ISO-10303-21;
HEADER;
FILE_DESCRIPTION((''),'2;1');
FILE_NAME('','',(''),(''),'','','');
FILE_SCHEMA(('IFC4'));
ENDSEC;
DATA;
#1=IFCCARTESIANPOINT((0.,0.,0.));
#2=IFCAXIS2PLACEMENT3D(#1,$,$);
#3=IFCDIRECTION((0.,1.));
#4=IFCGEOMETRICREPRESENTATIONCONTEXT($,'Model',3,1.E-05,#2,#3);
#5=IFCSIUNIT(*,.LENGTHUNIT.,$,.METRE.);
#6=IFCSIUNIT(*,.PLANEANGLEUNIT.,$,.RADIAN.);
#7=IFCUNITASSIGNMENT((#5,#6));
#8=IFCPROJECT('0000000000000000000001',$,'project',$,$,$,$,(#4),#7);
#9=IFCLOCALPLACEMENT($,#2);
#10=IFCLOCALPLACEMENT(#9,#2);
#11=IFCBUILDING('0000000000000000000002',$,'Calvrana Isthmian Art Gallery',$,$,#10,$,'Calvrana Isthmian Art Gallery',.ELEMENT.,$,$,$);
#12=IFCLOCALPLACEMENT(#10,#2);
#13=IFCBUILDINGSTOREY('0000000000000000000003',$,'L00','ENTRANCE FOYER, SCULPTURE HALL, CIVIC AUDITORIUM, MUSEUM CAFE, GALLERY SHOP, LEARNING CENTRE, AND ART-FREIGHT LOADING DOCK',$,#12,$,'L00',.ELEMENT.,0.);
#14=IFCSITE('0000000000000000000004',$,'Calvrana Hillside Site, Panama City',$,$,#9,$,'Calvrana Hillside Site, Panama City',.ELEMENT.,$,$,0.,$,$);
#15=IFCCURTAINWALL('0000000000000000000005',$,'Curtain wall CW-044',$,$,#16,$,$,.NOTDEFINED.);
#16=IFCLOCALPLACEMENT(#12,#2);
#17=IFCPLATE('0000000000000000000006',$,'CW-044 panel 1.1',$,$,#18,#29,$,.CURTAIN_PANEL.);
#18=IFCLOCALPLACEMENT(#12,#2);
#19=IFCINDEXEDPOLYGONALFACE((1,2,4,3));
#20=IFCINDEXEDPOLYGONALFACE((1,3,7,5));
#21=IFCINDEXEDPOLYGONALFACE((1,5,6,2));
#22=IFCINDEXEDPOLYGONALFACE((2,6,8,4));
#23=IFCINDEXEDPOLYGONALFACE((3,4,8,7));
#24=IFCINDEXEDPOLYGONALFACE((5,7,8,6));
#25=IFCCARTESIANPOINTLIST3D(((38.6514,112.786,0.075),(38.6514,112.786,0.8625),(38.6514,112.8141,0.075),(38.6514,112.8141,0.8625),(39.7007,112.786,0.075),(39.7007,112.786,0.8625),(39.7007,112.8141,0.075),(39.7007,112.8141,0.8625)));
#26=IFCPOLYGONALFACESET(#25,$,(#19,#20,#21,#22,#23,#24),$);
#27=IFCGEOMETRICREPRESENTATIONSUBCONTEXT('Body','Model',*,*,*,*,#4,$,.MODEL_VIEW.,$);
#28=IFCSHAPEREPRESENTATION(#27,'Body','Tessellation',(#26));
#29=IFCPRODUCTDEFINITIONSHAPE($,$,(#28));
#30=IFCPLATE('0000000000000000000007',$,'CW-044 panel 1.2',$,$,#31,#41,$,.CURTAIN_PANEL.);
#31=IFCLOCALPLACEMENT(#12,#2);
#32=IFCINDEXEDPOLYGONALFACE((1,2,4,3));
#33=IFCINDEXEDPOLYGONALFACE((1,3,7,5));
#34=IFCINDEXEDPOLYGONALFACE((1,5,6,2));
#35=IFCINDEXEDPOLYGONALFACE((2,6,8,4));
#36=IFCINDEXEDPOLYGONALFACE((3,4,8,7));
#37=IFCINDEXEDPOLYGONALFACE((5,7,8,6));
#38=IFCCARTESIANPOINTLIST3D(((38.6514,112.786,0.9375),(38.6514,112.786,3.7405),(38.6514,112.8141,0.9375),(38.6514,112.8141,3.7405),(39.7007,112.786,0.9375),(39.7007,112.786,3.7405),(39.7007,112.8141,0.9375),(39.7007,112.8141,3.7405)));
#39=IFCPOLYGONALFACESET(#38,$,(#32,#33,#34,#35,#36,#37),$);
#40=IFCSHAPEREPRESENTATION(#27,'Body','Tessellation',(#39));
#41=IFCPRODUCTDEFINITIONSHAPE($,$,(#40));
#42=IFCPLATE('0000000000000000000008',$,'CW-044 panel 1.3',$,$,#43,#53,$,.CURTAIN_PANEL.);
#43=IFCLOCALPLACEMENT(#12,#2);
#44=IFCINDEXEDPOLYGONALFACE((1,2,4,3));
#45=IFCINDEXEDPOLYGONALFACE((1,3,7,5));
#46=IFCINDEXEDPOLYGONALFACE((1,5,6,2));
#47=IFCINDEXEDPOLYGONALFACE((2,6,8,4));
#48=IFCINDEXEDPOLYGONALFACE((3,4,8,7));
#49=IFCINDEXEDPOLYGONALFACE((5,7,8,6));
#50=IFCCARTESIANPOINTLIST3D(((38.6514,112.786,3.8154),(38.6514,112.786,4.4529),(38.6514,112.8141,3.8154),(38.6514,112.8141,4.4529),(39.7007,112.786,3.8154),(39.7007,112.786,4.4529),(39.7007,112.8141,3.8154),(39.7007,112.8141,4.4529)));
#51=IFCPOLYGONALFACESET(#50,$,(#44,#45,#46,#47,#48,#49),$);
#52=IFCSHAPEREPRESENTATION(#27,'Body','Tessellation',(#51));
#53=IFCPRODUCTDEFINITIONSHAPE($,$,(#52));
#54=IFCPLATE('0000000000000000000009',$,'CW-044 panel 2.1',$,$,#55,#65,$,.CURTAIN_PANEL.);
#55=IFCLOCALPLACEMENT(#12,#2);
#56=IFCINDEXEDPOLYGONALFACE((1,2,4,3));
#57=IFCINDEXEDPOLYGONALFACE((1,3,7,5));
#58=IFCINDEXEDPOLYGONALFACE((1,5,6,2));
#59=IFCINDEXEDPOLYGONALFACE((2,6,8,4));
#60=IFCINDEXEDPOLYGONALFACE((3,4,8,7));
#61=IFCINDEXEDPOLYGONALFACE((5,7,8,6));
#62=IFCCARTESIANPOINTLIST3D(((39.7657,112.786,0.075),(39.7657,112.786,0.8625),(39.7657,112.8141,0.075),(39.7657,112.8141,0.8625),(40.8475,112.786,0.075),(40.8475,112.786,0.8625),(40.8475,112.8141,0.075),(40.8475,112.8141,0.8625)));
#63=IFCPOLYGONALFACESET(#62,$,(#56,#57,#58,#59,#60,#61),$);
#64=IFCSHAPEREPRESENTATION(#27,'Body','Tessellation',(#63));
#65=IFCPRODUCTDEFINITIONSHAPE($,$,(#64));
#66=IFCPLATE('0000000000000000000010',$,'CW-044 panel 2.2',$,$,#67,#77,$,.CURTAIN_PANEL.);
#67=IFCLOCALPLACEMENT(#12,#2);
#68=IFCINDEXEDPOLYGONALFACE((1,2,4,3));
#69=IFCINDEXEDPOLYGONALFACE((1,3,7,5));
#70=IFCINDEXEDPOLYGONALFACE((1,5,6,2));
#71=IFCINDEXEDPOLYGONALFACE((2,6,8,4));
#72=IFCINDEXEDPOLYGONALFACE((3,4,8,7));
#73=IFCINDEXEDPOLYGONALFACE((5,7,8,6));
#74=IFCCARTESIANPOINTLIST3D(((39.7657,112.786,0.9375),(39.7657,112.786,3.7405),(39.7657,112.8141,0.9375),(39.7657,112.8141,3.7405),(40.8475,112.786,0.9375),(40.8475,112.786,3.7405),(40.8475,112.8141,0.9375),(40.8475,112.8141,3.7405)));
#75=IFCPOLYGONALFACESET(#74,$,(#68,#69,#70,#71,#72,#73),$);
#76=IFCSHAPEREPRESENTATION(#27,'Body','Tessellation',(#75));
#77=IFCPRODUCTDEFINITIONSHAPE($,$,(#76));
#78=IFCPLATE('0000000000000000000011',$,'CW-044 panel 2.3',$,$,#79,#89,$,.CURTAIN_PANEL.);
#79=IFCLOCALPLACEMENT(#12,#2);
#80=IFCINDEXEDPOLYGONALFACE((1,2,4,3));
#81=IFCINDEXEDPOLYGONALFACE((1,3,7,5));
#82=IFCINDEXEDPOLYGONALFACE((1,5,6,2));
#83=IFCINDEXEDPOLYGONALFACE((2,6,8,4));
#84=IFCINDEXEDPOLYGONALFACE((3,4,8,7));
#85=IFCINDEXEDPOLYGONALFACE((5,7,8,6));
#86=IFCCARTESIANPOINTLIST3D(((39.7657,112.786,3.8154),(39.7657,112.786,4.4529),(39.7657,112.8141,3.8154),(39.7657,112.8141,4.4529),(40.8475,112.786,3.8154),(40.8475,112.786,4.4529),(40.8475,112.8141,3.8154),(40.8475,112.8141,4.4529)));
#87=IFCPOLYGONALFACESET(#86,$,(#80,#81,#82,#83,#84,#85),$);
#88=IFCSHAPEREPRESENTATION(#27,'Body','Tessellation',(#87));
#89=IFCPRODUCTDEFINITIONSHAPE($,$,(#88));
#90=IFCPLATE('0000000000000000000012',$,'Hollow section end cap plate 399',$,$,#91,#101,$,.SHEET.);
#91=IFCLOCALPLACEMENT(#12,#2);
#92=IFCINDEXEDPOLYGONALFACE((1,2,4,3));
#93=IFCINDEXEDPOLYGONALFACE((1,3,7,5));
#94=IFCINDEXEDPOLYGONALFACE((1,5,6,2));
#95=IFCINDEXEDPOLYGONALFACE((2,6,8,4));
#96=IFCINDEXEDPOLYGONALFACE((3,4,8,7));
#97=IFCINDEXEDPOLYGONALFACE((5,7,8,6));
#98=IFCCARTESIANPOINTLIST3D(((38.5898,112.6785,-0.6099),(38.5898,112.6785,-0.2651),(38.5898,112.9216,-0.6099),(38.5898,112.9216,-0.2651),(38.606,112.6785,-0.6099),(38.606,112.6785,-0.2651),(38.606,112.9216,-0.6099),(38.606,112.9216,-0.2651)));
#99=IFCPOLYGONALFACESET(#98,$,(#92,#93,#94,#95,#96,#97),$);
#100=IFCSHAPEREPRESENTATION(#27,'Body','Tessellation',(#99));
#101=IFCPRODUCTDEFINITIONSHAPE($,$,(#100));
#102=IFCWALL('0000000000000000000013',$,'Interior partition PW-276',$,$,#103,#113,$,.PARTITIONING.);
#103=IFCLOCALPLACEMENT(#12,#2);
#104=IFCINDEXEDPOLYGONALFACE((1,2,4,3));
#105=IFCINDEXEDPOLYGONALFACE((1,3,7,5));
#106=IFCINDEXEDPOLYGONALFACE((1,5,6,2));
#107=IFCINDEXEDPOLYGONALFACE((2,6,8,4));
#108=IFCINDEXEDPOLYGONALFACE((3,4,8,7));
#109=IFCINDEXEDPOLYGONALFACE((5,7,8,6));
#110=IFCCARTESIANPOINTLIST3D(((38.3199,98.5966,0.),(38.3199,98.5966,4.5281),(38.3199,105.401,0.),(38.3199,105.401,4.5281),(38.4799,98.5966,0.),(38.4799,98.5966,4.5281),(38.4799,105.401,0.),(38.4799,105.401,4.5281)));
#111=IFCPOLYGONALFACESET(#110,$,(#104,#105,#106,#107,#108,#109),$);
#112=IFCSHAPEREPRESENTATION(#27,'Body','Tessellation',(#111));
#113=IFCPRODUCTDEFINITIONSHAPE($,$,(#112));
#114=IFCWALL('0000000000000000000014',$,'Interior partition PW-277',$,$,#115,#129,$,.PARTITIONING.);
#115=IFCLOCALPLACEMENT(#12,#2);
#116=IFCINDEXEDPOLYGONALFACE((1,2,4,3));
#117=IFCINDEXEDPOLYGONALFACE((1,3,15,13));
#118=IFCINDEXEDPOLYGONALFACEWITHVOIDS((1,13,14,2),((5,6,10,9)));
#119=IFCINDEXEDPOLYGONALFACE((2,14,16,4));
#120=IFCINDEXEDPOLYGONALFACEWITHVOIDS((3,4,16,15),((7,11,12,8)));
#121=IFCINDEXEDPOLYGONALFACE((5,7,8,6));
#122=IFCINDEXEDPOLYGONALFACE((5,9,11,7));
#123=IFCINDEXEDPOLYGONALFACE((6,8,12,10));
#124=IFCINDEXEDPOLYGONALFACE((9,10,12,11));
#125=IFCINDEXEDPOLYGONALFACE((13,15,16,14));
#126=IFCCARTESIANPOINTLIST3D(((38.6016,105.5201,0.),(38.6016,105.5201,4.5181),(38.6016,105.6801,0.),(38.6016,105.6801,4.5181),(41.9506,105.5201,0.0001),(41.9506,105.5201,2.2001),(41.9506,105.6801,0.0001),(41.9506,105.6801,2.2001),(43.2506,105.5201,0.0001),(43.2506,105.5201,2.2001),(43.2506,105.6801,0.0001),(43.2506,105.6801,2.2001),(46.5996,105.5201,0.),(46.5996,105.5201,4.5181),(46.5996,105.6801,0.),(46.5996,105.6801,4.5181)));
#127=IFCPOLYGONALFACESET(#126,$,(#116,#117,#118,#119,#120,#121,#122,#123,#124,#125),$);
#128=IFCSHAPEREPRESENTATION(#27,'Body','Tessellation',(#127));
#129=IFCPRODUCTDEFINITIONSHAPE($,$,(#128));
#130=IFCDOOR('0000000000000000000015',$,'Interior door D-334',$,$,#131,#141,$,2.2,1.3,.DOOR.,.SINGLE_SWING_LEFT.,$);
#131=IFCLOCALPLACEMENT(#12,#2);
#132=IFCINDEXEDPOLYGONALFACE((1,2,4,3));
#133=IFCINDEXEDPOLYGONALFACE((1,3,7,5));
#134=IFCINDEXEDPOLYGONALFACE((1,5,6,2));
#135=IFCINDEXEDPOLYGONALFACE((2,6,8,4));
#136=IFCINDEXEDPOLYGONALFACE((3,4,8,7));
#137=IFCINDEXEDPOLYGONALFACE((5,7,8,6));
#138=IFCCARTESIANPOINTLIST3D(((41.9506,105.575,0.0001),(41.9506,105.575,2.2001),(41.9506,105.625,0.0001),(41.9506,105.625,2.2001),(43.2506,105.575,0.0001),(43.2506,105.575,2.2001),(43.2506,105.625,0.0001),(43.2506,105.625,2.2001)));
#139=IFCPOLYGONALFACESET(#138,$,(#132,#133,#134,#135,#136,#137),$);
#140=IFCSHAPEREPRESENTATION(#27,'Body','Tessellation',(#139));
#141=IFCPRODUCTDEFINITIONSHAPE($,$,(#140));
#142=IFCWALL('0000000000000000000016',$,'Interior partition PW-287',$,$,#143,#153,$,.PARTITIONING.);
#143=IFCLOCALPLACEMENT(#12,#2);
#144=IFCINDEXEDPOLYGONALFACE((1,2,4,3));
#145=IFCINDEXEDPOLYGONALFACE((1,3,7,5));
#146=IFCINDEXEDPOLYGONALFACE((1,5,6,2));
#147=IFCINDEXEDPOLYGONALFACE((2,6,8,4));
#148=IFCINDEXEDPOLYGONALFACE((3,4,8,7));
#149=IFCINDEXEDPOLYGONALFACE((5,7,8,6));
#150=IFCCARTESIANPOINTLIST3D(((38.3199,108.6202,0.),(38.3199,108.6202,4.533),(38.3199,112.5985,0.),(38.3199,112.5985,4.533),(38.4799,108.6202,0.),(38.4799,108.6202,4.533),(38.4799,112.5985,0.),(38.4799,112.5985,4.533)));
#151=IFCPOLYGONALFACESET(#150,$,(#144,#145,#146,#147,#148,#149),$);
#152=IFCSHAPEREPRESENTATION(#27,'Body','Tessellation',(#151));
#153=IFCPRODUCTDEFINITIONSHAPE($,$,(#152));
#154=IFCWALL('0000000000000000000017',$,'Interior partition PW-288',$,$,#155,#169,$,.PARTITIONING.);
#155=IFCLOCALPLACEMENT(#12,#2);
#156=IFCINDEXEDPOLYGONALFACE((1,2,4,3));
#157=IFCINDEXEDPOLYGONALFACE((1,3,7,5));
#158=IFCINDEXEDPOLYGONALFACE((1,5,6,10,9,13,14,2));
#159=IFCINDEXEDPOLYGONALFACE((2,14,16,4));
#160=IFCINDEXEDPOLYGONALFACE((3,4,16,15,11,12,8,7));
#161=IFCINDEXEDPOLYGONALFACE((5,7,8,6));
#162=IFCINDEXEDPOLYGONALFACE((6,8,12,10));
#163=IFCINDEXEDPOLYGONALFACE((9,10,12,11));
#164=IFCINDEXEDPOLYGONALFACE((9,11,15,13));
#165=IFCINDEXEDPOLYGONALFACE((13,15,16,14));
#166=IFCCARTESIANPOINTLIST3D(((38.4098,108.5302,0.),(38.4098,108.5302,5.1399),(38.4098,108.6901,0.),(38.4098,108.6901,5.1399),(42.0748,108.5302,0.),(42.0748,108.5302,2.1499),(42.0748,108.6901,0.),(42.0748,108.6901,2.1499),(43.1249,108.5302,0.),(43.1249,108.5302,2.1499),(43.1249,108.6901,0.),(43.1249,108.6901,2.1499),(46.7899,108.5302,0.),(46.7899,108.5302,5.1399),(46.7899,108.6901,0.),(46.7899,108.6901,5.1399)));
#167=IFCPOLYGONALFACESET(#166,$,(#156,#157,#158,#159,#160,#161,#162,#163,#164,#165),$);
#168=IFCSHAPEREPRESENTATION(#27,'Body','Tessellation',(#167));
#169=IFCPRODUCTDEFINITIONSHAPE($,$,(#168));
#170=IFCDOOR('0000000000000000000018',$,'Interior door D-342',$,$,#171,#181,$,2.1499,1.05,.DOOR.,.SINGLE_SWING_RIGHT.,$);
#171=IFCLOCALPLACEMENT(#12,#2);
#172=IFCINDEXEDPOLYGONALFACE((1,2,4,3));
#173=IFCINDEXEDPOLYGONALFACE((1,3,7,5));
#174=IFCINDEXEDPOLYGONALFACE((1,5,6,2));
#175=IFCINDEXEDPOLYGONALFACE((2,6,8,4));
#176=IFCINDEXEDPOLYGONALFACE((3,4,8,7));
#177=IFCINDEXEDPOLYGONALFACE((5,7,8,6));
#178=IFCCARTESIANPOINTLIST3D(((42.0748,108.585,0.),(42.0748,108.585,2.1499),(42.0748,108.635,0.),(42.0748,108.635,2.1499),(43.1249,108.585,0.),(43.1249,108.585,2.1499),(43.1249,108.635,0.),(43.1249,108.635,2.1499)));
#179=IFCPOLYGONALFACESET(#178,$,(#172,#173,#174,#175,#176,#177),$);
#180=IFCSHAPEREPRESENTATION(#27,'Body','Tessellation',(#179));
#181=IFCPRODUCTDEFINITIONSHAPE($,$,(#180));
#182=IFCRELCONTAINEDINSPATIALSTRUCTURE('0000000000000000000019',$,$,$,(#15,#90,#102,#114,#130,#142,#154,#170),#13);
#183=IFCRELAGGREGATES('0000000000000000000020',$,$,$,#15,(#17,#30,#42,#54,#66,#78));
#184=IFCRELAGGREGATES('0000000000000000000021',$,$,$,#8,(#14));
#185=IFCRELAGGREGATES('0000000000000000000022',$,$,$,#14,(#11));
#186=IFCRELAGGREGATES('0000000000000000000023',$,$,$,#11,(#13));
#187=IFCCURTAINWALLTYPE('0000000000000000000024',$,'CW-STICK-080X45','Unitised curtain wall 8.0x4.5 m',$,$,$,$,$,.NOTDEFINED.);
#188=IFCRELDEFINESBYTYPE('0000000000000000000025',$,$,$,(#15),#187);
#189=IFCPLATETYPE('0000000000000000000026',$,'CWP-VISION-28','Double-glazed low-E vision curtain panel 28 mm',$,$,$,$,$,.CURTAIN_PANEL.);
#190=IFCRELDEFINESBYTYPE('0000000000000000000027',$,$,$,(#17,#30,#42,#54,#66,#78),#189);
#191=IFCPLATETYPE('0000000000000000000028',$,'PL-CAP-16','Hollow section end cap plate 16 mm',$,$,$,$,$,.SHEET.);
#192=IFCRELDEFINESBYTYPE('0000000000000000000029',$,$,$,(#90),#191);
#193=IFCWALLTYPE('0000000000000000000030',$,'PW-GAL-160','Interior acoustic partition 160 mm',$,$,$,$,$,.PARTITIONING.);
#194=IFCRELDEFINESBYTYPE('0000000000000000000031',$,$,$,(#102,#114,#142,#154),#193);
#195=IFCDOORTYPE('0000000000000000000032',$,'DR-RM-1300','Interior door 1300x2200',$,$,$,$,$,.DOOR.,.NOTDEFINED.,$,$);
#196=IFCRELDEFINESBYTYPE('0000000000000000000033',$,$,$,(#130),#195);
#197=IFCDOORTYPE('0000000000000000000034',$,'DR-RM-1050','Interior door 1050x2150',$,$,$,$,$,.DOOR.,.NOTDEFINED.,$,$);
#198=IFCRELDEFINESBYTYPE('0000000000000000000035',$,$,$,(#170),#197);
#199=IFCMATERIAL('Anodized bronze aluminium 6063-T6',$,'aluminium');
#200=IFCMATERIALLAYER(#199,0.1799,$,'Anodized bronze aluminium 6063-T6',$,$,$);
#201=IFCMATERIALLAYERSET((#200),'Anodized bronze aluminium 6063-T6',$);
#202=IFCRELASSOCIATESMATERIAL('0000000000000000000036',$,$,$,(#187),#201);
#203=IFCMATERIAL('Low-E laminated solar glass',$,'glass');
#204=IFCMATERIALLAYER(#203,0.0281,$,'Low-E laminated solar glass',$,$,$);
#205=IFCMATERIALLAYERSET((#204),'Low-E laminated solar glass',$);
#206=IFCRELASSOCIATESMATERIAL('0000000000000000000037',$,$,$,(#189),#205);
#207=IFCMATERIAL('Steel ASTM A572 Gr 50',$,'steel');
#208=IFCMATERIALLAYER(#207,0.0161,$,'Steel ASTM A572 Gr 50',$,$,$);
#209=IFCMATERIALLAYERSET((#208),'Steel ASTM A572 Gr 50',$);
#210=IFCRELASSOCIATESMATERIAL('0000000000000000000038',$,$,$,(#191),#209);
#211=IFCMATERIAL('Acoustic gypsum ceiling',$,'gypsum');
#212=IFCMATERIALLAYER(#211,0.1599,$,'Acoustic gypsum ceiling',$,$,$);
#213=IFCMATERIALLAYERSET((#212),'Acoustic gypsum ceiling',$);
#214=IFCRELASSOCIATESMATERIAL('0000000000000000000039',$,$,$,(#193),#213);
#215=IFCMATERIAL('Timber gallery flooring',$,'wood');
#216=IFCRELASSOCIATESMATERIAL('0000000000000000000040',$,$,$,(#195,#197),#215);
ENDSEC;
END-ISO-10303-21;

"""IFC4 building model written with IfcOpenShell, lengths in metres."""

from ifc_helpers import new_model, si_unit, direction, frame, frame_2d, origin, origin_2d, place, context, subcontext, project, spatial, rectangle, extrude, material, layer, layer_set, type_object, element, fill, aggregate, save


model = new_model("IFC4")

# Units and contexts
model_context = context("Model", 3, precision=1e-05, world=origin(), true_north=direction((0.0, 1.0)))
body_context = subcontext(model_context, "Body", "Model", "MODEL_VIEW")
ifc_project = project(units=[si_unit("LENGTHUNIT", "METRE"), si_unit("PLANEANGLEUNIT", "RADIAN")], contexts=[model_context])

# Site, building, storey
site_placement = place(None, origin())
site = spatial("IfcSite", under=ifc_project, at=site_placement, Name="Calvrana Hillside Site, Panama City", LongName="Calvrana Hillside Site, Panama City", CompositionType="ELEMENT", RefElevation=0.0)
building_placement = place(site_placement, origin())
building = spatial("IfcBuilding", under=site, at=building_placement, Name="Calvrana Isthmian Art Gallery", LongName="Calvrana Isthmian Art Gallery", CompositionType="ELEMENT")
storey_placement = place(building_placement, origin())
storey = spatial("IfcBuildingStorey", under=building, at=storey_placement, Name="L00", Description="ENTRANCE FOYER, SCULPTURE HALL, CIVIC AUDITORIUM, MUSEUM CAFE, GALLERY SHOP, LEARNING CENTRE, AND ART-FREIGHT LOADING DOCK", LongName="L00", CompositionType="ELEMENT", Elevation=0.0)

# Shared definitions
ifc_material_1 = material(Name="Anodized bronze aluminium 6063-T6", Category="aluminium")

# Curtain wall
ifc_layer_1 = layer(ifc_material_1, 0.1799, Name="Anodized bronze aluminium 6063-T6")
ifc_layer_set_1 = layer_set([ifc_layer_1], Name="Anodized bronze aluminium 6063-T6")
curtain_wall_type_1 = type_object("IfcCurtainWallType", Name="CW-STICK-080X45", Description="Unitised curtain wall 8.0x4.5 m", PredefinedType="NOTDEFINED", material=ifc_layer_set_1)
curtain_wall_1_placement = place(storey_placement, origin())
curtain_wall_1 = element("IfcCurtainWall", 1, at=curtain_wall_1_placement, inside=storey, type_object=curtain_wall_type_1, Name="Curtain wall CW-044", PredefinedType="NOTDEFINED")

# Plates
ifc_material_2 = material(Name="Low-E laminated solar glass", Category="glass")
ifc_layer_2 = layer(ifc_material_2, 0.0281, Name="Low-E laminated solar glass")
ifc_layer_set_2 = layer_set([ifc_layer_2], Name="Low-E laminated solar glass")
plate_type_1 = type_object("IfcPlateType", Name="CWP-VISION-28", Description="Double-glazed low-E vision curtain panel 28 mm", PredefinedType="CURTAIN_PANEL", material=ifc_layer_set_2)
plate_1_placement = place(storey_placement, frame((39.176, 112.8, 0.075), z_axis=(0.0, 0.0, 1.0), x_axis=(1.0, 0.0, 0.0)))
plate_1 = element("IfcPlate", 2, at=plate_1_placement, type_object=plate_type_1, Name="CW-044 panel 1.1", PredefinedType="CURTAIN_PANEL", context=body_context, shape_type="SweptSolid", body=[
    extrude(rectangle(XDim=1.0493, YDim=0.0281, at=origin_2d()), origin(), (0.0, 0.0, 1.0), 0.7876),
])
plate_2_placement = place(storey_placement, frame((39.176, 112.8, 0.9375), z_axis=(0.0, 0.0, 1.0), x_axis=(1.0, 0.0, 0.0)))
plate_2 = element("IfcPlate", 3, at=plate_2_placement, type_object=plate_type_1, Name="CW-044 panel 1.2", PredefinedType="CURTAIN_PANEL", context=body_context, shape_type="SweptSolid", body=[
    extrude(rectangle(XDim=1.0493, YDim=0.0281, at=origin_2d()), origin(), (0.0, 0.0, 1.0), 2.803),
])
plate_3_placement = place(storey_placement, frame((39.176, 112.8, 3.8154), z_axis=(0.0, 0.0, 1.0), x_axis=(1.0, 0.0, 0.0)))
plate_3 = element("IfcPlate", 4, at=plate_3_placement, type_object=plate_type_1, Name="CW-044 panel 1.3", PredefinedType="CURTAIN_PANEL", context=body_context, shape_type="SweptSolid", body=[
    extrude(rectangle(XDim=1.0493, YDim=0.0281, at=origin_2d()), origin(), (0.0, 0.0, 1.0), 0.6375),
])
plate_4_placement = place(storey_placement, frame((40.3066, 112.8, 0.075), z_axis=(0.0, 0.0, 1.0), x_axis=(1.0, 0.0, 0.0)))
plate_4 = element("IfcPlate", 5, at=plate_4_placement, type_object=plate_type_1, Name="CW-044 panel 2.1", PredefinedType="CURTAIN_PANEL", context=body_context, shape_type="SweptSolid", body=[
    extrude(rectangle(XDim=1.0818, YDim=0.0281, at=origin_2d()), origin(), (0.0, 0.0, 1.0), 0.7876),
])
plate_5_placement = place(storey_placement, frame((40.3066, 112.8, 0.9375), z_axis=(0.0, 0.0, 1.0), x_axis=(1.0, 0.0, 0.0)))
plate_5 = element("IfcPlate", 6, at=plate_5_placement, type_object=plate_type_1, Name="CW-044 panel 2.2", PredefinedType="CURTAIN_PANEL", context=body_context, shape_type="SweptSolid", body=[
    extrude(rectangle(XDim=1.0818, YDim=0.0281, at=origin_2d()), origin(), (0.0, 0.0, 1.0), 2.803),
])
plate_6_placement = place(storey_placement, frame((40.3066, 112.8, 3.8154), z_axis=(0.0, 0.0, 1.0), x_axis=(1.0, 0.0, 0.0)))
plate_6 = element("IfcPlate", 7, at=plate_6_placement, type_object=plate_type_1, Name="CW-044 panel 2.3", PredefinedType="CURTAIN_PANEL", context=body_context, shape_type="SweptSolid", body=[
    extrude(rectangle(XDim=1.0818, YDim=0.0281, at=origin_2d()), origin(), (0.0, 0.0, 1.0), 0.6375),
])
aggregate(curtain_wall_1, [plate_1, plate_2, plate_3, plate_4, plate_5, plate_6])
ifc_material_3 = material(Name="Steel ASTM A572 Gr 50", Category="steel")
ifc_layer_3 = layer(ifc_material_3, 0.0161, Name="Steel ASTM A572 Gr 50")
ifc_layer_set_3 = layer_set([ifc_layer_3], Name="Steel ASTM A572 Gr 50")
plate_type_2 = type_object("IfcPlateType", Name="PL-CAP-16", Description="Hollow section end cap plate 16 mm", PredefinedType="SHEET", material=ifc_layer_set_3)
plate_7_placement = place(storey_placement, frame((38.5979, 112.8, -0.6099), z_axis=(0.0, 0.0, 1.0), x_axis=(1.0, 0.0, 0.0)))
element("IfcPlate", 8, at=plate_7_placement, inside=storey, type_object=plate_type_2, Name="Hollow section end cap plate 399", PredefinedType="SHEET", context=body_context, shape_type="SweptSolid", body=[
    extrude(rectangle(XDim=0.0161, YDim=0.2432, at=origin_2d()), origin(), (0.0, 0.0, 1.0), 0.3447),
])

# Wall
ifc_material_4 = material(Name="Acoustic gypsum ceiling", Category="gypsum")
ifc_layer_4 = layer(ifc_material_4, 0.1599, Name="Acoustic gypsum ceiling")
ifc_layer_set_4 = layer_set([ifc_layer_4], Name="Acoustic gypsum ceiling")
wall_type = type_object("IfcWallType", Name="PW-GAL-160", Description="Interior acoustic partition 160 mm", PredefinedType="PARTITIONING", material=ifc_layer_set_4)
wall_1_placement = place(storey_placement, frame((38.3999, 98.5964, 0.0), z_axis=(0.0, 0.0, 1.0), x_axis=(0.0, 1.0, 0.0)))
element("IfcWall", 9, at=wall_1_placement, inside=storey, type_object=wall_type, Name="Interior partition PW-276", PredefinedType="PARTITIONING", context=body_context, shape_type="SweptSolid", body=[
    extrude(rectangle(XDim=6.8044, YDim=0.1599, at=frame_2d((3.4023, 0.0))), origin(), (0.0, 0.0, 1.0), 4.5281),
])

# Wall, opening, door
wall_2_placement = place(storey_placement, frame((38.6016, 105.6001, 0.0), z_axis=(0.0, 0.0, 1.0), x_axis=(1.0, 0.0, 0.0)))
wall_2 = element("IfcWall", 10, at=wall_2_placement, inside=storey, type_object=wall_type, Name="Interior partition PW-277", PredefinedType="PARTITIONING", context=body_context, shape_type="SweptSolid", body=[
    extrude(rectangle(XDim=7.998, YDim=0.1599, at=frame_2d((3.999, 0.0))), origin(), (0.0, 0.0, 1.0), 4.5181),
])
opening_1_placement = place(wall_2_placement, frame((3.3491, 0.0, 0.0)))
opening_1 = element("IfcOpeningElement", 11, at=opening_1_placement, cuts=wall_2, PredefinedType="OPENING", context=body_context, shape_type="SweptSolid", body=[
    extrude(rectangle(XDim=1.3, YDim=2.2, at=frame_2d((0.6499, 1.1001))), frame((0.0, 0.0903, 0.0), z_axis=(0.0, -1.0, 0.0), x_axis=(1.0, 0.0, 0.0)), (0.0, 0.0, 1.0), 0.1804),
])
ifc_material_5 = material(Name="Timber gallery flooring", Category="wood")
door_type_1 = type_object("IfcDoorType", Name="DR-RM-1300", Description="Interior door 1300x2200", OperationType="NOTDEFINED", PredefinedType="DOOR", material=ifc_material_5)
door_1_placement = place(opening_1_placement, origin())
door_1 = element("IfcDoor", 12, at=door_1_placement, inside=storey, type_object=door_type_1, Name="Interior door D-334", OperationType="SINGLE_SWING_LEFT", OverallHeight=2.2, OverallWidth=1.3, PredefinedType="DOOR", context=body_context, shape_type="SweptSolid", body=[
    extrude(rectangle(XDim=1.3, YDim=2.2, at=frame_2d((0.6499, 1.1001))), frame((0.0, 0.0249, 0.0), z_axis=(0.0, -1.0, 0.0), x_axis=(1.0, 0.0, 0.0)), (0.0, 0.0, 1.0), 0.05),
])
fill(opening_1, door_1)

# Wall
wall_3_placement = place(storey_placement, frame((38.3999, 108.6201, 0.0), z_axis=(0.0, 0.0, 1.0), x_axis=(0.0, 1.0, 0.0)))
element("IfcWall", 13, at=wall_3_placement, inside=storey, type_object=wall_type, Name="Interior partition PW-287", PredefinedType="PARTITIONING", context=body_context, shape_type="SweptSolid", body=[
    extrude(rectangle(XDim=3.9783, YDim=0.1599, at=frame_2d((1.9893, 0.0))), origin(), (0.0, 0.0, 1.0), 4.533),
])

# Wall, opening, door
wall_4_placement = place(storey_placement, frame((38.4099, 108.6101, 0.0), z_axis=(0.0, 0.0, 1.0), x_axis=(1.0, 0.0, 0.0)))
wall_4 = element("IfcWall", 14, at=wall_4_placement, inside=storey, type_object=wall_type, Name="Interior partition PW-288", PredefinedType="PARTITIONING", context=body_context, shape_type="SweptSolid", body=[
    extrude(rectangle(XDim=8.3801, YDim=0.1599, at=frame_2d((4.1899, 0.0))), origin(), (0.0, 0.0, 1.0), 5.1399),
])
opening_2_placement = place(wall_4_placement, frame((3.665, 0.0, 0.0)))
opening_2 = element("IfcOpeningElement", 15, at=opening_2_placement, cuts=wall_4, PredefinedType="OPENING", context=body_context, shape_type="SweptSolid", body=[
    extrude(rectangle(XDim=1.05, YDim=2.1499, at=frame_2d((0.5249, 1.075))), frame((0.0, 0.0903, 0.0), z_axis=(0.0, -1.0, 0.0), x_axis=(1.0, 0.0, 0.0)), (0.0, 0.0, 1.0), 0.1804),
])
door_type_2 = type_object("IfcDoorType", Name="DR-RM-1050", Description="Interior door 1050x2150", OperationType="NOTDEFINED", PredefinedType="DOOR", material=ifc_material_5)
door_2_placement = place(opening_2_placement, origin())
door_2 = element("IfcDoor", 16, at=door_2_placement, inside=storey, type_object=door_type_2, Name="Interior door D-342", OperationType="SINGLE_SWING_RIGHT", OverallHeight=2.1499, OverallWidth=1.05, PredefinedType="DOOR", context=body_context, shape_type="SweptSolid", body=[
    extrude(rectangle(XDim=1.05, YDim=2.1499, at=frame_2d((0.5249, 1.075))), frame((0.0, 0.0249, 0.0), z_axis=(0.0, -1.0, 0.0), x_axis=(1.0, 0.0, 0.0)), (0.0, 0.0, 1.0), 0.05),
])
fill(opening_2, door_2)

save(model, "model.ifc")
